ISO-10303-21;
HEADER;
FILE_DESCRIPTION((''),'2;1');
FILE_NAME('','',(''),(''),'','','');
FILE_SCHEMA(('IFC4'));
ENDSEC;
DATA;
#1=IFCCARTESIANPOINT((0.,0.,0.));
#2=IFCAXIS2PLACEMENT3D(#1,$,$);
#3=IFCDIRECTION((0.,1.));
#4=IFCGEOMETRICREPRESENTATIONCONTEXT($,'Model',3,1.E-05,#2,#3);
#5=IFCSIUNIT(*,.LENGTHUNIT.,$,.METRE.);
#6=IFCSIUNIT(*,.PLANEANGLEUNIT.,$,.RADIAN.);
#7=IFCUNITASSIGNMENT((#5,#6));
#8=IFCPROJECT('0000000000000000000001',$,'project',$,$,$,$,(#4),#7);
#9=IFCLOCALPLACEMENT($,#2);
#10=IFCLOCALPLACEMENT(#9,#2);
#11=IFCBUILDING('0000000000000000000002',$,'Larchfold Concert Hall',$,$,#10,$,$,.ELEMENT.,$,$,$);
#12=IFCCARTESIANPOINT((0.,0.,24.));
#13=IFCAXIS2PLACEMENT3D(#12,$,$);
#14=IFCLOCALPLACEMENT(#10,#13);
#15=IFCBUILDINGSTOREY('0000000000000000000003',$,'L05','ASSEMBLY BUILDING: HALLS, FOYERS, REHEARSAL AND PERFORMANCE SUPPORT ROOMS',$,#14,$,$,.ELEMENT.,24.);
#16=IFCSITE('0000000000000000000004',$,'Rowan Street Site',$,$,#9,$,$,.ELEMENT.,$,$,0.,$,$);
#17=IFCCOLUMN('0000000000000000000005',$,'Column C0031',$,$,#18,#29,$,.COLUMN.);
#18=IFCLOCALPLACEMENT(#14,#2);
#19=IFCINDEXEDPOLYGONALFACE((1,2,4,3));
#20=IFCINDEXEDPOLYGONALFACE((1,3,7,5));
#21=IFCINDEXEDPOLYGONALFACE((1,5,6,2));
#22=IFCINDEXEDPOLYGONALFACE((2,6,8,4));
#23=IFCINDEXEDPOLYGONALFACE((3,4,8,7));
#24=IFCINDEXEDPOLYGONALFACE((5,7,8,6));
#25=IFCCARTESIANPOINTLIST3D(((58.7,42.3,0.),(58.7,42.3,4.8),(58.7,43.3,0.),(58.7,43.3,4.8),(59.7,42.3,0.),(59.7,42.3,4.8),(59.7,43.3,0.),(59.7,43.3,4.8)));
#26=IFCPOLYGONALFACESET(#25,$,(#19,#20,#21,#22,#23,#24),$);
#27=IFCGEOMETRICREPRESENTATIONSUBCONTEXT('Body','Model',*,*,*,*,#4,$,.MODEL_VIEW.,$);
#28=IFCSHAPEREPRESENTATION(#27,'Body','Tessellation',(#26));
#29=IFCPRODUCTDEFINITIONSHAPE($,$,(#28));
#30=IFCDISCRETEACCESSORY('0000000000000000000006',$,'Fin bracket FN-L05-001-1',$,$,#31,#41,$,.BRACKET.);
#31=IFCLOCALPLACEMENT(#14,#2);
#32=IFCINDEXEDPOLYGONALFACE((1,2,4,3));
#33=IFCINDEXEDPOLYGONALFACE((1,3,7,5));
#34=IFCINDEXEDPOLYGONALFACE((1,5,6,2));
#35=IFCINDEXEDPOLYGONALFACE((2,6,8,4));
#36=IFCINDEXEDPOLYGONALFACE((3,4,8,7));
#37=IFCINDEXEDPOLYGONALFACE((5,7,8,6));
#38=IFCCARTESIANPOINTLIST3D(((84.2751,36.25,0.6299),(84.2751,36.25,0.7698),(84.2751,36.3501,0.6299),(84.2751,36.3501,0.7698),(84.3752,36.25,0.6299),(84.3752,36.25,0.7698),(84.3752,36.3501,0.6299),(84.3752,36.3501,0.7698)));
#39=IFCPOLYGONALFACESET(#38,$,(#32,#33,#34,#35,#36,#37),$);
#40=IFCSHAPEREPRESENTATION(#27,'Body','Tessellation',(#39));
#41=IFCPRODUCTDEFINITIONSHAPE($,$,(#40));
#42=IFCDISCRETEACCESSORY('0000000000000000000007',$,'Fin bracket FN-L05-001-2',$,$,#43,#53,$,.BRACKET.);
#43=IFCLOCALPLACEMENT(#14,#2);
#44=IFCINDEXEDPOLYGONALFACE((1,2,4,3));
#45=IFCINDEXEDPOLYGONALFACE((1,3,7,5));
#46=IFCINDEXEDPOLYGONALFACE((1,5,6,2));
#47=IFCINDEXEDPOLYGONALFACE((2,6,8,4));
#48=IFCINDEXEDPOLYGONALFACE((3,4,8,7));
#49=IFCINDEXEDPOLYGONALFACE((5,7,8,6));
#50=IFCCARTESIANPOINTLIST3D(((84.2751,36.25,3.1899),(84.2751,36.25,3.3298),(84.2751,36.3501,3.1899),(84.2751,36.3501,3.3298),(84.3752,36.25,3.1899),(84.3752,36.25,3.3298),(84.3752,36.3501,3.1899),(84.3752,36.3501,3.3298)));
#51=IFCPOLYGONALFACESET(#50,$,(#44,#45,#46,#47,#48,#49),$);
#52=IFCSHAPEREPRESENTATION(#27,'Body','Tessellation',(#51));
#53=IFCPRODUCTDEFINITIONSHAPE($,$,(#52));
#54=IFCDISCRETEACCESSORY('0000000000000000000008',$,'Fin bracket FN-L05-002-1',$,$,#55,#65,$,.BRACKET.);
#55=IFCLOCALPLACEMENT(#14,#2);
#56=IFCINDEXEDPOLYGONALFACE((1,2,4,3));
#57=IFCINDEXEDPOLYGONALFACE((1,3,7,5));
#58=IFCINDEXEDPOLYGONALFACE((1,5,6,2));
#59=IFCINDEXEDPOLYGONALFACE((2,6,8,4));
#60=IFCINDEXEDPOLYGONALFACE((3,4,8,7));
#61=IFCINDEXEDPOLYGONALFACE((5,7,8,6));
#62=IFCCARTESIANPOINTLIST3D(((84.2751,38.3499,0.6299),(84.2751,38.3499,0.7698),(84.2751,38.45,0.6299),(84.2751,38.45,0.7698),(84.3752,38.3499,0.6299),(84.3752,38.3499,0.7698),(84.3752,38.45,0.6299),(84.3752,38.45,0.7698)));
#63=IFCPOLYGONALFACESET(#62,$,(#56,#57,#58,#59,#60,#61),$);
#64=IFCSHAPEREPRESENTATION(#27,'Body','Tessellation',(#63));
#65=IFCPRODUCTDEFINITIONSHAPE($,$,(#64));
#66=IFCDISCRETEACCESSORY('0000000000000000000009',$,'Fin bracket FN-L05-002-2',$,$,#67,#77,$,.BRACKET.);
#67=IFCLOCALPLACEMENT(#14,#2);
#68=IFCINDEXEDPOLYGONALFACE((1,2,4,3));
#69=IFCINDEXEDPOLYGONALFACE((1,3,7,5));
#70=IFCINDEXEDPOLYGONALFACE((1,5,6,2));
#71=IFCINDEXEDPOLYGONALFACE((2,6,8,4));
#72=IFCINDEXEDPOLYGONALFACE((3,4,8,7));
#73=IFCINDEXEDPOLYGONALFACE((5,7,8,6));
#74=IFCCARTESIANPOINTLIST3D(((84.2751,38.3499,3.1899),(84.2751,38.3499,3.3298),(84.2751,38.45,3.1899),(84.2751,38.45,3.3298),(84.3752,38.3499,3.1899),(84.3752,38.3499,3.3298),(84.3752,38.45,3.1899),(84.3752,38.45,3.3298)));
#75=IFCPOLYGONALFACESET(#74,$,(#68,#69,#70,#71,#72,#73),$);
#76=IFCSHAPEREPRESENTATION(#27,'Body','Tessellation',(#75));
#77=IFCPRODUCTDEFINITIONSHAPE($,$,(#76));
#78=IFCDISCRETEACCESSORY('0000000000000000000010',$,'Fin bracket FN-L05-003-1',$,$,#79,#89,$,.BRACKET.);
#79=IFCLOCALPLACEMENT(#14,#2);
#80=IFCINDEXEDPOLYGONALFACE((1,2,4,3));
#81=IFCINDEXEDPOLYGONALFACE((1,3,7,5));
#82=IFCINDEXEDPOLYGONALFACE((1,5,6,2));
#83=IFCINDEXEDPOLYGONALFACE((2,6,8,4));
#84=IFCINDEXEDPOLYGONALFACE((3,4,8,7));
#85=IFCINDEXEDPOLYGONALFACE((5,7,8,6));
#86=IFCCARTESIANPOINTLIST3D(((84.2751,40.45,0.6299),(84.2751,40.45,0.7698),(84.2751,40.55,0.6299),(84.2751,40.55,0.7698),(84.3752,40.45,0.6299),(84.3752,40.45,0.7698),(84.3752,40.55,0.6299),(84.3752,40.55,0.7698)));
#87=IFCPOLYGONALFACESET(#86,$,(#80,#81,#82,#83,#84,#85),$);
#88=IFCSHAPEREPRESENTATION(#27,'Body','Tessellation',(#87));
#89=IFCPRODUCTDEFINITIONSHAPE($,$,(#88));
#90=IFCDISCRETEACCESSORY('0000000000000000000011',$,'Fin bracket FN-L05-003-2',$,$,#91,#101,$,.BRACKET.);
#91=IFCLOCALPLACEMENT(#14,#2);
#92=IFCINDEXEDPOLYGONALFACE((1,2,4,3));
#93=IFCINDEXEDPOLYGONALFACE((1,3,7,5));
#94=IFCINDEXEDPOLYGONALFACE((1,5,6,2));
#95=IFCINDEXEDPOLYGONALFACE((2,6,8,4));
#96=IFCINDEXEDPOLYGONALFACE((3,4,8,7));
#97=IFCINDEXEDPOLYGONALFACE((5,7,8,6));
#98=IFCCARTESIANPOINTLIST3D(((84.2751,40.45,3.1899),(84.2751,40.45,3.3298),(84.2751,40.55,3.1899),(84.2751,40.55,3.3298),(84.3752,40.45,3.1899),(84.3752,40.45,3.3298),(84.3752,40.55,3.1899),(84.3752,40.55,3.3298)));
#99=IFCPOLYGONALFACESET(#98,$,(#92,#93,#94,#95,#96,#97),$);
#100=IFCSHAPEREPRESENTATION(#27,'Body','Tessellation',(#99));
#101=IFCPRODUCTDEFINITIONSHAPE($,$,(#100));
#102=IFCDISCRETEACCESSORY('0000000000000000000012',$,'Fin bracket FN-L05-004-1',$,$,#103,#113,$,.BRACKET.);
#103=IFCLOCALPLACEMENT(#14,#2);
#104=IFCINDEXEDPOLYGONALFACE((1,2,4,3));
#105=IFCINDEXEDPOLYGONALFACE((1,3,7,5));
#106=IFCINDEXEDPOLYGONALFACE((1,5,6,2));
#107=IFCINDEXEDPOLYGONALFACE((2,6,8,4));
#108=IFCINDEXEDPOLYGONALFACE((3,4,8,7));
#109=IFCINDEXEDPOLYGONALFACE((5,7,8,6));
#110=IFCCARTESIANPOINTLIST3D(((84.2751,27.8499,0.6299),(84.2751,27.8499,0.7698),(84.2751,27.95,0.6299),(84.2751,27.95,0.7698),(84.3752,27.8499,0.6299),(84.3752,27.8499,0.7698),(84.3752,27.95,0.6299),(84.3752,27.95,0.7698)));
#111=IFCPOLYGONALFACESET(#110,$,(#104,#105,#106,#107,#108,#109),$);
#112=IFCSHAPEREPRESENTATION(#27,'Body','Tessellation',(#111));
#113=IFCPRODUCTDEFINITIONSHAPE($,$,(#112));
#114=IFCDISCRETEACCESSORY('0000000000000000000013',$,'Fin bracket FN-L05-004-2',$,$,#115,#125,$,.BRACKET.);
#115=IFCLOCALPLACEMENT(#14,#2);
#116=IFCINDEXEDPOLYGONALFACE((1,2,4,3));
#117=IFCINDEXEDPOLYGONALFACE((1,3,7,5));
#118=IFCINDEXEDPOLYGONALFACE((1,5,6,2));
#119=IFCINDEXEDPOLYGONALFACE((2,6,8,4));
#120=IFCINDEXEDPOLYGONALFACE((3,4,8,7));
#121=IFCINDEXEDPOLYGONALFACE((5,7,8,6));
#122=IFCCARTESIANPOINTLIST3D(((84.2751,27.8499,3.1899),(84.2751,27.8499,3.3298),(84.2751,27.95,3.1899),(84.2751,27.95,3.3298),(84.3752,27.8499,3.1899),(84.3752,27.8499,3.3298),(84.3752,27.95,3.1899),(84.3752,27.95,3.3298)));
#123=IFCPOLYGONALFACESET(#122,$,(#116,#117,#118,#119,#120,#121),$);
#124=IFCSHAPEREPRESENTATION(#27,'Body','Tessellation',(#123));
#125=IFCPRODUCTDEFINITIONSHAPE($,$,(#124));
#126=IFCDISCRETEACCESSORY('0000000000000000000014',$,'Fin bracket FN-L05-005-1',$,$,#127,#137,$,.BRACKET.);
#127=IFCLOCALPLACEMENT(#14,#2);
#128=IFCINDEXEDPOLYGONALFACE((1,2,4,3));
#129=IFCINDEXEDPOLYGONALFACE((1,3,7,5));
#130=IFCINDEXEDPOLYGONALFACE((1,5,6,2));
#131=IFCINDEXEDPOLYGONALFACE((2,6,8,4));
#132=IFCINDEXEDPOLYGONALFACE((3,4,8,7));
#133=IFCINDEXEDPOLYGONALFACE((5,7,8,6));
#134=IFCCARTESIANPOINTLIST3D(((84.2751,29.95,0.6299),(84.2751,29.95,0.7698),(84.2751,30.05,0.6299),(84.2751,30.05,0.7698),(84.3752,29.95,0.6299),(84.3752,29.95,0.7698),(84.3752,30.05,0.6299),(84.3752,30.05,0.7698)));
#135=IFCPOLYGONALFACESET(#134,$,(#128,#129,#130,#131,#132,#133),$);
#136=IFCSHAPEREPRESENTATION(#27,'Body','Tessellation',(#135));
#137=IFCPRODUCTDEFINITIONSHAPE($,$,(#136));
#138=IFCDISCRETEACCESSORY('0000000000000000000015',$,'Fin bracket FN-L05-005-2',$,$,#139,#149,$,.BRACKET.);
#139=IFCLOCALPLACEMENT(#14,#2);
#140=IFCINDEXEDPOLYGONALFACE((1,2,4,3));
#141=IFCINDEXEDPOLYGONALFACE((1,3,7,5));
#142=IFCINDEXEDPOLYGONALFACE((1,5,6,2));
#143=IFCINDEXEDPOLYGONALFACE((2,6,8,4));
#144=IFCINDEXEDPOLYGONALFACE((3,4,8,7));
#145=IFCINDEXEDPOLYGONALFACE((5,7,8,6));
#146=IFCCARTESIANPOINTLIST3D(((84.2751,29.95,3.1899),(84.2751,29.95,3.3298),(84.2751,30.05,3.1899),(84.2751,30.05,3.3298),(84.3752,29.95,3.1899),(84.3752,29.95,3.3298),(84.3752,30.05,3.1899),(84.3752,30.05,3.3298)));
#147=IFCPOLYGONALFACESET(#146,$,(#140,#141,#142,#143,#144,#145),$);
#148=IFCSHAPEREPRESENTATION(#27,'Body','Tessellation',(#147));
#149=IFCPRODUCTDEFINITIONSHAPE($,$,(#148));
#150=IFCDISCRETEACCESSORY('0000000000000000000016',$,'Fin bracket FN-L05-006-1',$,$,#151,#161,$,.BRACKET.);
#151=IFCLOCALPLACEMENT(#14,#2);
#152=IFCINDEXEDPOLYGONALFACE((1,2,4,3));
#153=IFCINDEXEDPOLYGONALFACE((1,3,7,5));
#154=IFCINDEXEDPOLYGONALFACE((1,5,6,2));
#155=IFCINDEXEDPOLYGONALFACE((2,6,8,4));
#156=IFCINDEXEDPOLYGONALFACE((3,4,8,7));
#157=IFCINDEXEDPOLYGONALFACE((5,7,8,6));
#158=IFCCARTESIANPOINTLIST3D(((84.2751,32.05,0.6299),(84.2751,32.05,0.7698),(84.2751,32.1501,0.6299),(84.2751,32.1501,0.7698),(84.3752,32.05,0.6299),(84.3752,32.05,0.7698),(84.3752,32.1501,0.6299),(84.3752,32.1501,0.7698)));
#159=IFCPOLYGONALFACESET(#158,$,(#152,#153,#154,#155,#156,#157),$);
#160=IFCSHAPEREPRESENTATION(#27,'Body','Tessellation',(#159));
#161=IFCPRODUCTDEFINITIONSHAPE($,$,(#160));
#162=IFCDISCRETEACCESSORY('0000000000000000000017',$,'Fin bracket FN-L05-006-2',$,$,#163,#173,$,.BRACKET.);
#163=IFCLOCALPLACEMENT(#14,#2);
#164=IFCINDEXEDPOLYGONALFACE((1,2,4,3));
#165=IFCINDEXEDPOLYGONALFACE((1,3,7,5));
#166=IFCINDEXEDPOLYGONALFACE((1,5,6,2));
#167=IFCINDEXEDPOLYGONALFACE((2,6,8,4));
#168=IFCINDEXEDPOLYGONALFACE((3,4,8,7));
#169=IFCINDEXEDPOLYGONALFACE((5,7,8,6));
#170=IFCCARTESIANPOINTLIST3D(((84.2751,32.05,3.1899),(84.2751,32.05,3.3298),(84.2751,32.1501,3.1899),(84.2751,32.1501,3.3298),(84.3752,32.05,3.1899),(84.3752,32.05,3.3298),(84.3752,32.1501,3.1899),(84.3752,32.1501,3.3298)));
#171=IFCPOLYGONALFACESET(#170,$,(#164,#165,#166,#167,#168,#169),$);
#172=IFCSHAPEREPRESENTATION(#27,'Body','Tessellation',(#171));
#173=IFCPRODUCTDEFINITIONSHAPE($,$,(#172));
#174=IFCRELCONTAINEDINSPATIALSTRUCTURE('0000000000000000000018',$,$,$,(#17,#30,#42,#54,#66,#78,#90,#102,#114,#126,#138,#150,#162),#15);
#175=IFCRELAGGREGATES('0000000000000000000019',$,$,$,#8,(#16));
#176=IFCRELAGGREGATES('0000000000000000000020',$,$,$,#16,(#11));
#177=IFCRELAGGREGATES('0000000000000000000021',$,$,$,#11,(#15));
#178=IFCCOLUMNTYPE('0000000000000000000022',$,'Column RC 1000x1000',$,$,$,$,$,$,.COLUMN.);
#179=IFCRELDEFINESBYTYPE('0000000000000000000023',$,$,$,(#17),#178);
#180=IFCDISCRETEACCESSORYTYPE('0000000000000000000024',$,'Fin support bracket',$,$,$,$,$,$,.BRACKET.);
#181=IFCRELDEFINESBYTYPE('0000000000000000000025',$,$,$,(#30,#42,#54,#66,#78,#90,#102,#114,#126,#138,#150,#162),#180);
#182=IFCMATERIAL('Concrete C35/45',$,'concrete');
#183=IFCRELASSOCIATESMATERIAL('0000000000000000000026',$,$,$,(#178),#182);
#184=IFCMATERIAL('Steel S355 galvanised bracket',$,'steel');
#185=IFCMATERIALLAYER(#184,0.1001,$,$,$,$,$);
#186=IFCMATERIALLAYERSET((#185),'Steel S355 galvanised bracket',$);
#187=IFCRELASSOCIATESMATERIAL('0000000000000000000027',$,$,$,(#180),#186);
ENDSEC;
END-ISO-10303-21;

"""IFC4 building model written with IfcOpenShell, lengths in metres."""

from ifc_helpers import new_model, si_unit, direction, frame, origin, origin_2d, place, context, subcontext, project, spatial, rectangle, extrude, material, layer, layer_set, material_profile, profile_set, type_object, element, save


model = new_model("IFC4")

# Units and contexts
model_context = context("Model", 3, precision=1e-05, world=origin(), true_north=direction((0.0, 1.0)))
body_context = subcontext(model_context, "Body", "Model", "MODEL_VIEW")
ifc_project = project(units=[si_unit("LENGTHUNIT", "METRE"), si_unit("PLANEANGLEUNIT", "RADIAN")], contexts=[model_context])

# Site, building, storey
site_placement = place(None, origin())
site = spatial("IfcSite", under=ifc_project, at=site_placement, Name="Rowan Street Site", CompositionType="ELEMENT", RefElevation=0.0)
building_placement = place(site_placement, origin())
building = spatial("IfcBuilding", under=site, at=building_placement, Name="Larchfold Concert Hall", CompositionType="ELEMENT")
storey_placement = place(building_placement, frame((0.0, 0.0, 24.0)))
storey = spatial("IfcBuildingStorey", under=building, at=storey_placement, Name="L05", Description="ASSEMBLY BUILDING: HALLS, FOYERS, REHEARSAL AND PERFORMANCE SUPPORT ROOMS", CompositionType="ELEMENT", Elevation=24.0)

# Column
ifc_material_1 = material(Name="Concrete C35/45", Category="concrete")
ifc_material_profile = material_profile(ifc_material_1, rectangle(XDim=1.0, YDim=1.0, at=origin_2d()))
ifc_profile_set = profile_set([ifc_material_profile], Name="Concrete C35/45")
column_type = type_object("IfcColumnType", Name="Column RC 1000x1000", PredefinedType="COLUMN", material=ifc_profile_set)
column_placement = place(storey_placement, frame((59.2, 42.8, 0.0), z_axis=(0.0, 0.0, 1.0), x_axis=(1.0, 0.0, 0.0)))
element("IfcColumn", 1, at=column_placement, inside=storey, type_object=column_type, Name="Column C0031", PredefinedType="COLUMN", context=body_context, shape_type="SweptSolid", body=[
    extrude(rectangle(XDim=1.0, YDim=1.0, at=origin_2d()), origin(), (0.0, 0.0, 1.0), 4.8),
])

# Discrete accessories
ifc_material_2 = material(Name="Steel S355 galvanised bracket", Category="steel")
ifc_layer = layer(ifc_material_2, 0.1001)
ifc_layer_set = layer_set([ifc_layer], Name="Steel S355 galvanised bracket")
discrete_accessory_type = type_object("IfcDiscreteAccessoryType", Name="Fin support bracket", PredefinedType="BRACKET", material=ifc_layer_set)
for number, where, z_axis, x_axis, name in (
    (2, (84.3252, 36.3, 0.6299), (0.0, 0.0, 1.0), (-1.0, 0.0, 0.0), "Fin bracket FN-L05-001-1"),
    (3, (84.3252, 36.3, 3.1899), (0.0, 0.0, 1.0), (-1.0, 0.0, 0.0), "Fin bracket FN-L05-001-2"),
    (4, (84.3252, 38.3999, 0.6299), (0.0, 0.0, 1.0), (-1.0, 0.0, 0.0), "Fin bracket FN-L05-002-1"),
    (5, (84.3252, 38.3999, 3.1899), (0.0, 0.0, 1.0), (-1.0, 0.0, 0.0), "Fin bracket FN-L05-002-2"),
    (6, (84.3252, 40.5, 0.6299), (0.0, 0.0, 1.0), (-1.0, 0.0, 0.0), "Fin bracket FN-L05-003-1"),
    (7, (84.3252, 40.5, 3.1899), (0.0, 0.0, 1.0), (-1.0, 0.0, 0.0), "Fin bracket FN-L05-003-2"),
    (8, (84.3252, 27.8999, 0.6299), (0.0, 0.0, 1.0), (-1.0, 0.0, 0.0), "Fin bracket FN-L05-004-1"),
    (9, (84.3252, 27.8999, 3.1899), (0.0, 0.0, 1.0), (-1.0, 0.0, 0.0), "Fin bracket FN-L05-004-2"),
    (10, (84.3252, 30.0, 0.6299), (0.0, 0.0, 1.0), (-1.0, 0.0, 0.0), "Fin bracket FN-L05-005-1"),
    (11, (84.3252, 30.0, 3.1899), (0.0, 0.0, 1.0), (-1.0, 0.0, 0.0), "Fin bracket FN-L05-005-2"),
    (12, (84.3252, 32.1001, 0.6299), (0.0, 0.0, 1.0), (-1.0, 0.0, 0.0), "Fin bracket FN-L05-006-1"),
    (13, (84.3252, 32.1001, 3.1899), (0.0, 0.0, 1.0), (-1.0, 0.0, 0.0), "Fin bracket FN-L05-006-2"),
):
    element("IfcDiscreteAccessory", number, at=place(storey_placement, frame(where, z_axis=z_axis, x_axis=x_axis)), inside=storey, type_object=discrete_accessory_type, Name=name, PredefinedType="BRACKET", context=body_context, shape_type="SweptSolid", body=[
        extrude(rectangle(XDim=0.1001, YDim=0.1001, at=origin_2d()), origin(), (0.0, 0.0, 1.0), 0.1399),
    ])

save(model, "model.ifc")
